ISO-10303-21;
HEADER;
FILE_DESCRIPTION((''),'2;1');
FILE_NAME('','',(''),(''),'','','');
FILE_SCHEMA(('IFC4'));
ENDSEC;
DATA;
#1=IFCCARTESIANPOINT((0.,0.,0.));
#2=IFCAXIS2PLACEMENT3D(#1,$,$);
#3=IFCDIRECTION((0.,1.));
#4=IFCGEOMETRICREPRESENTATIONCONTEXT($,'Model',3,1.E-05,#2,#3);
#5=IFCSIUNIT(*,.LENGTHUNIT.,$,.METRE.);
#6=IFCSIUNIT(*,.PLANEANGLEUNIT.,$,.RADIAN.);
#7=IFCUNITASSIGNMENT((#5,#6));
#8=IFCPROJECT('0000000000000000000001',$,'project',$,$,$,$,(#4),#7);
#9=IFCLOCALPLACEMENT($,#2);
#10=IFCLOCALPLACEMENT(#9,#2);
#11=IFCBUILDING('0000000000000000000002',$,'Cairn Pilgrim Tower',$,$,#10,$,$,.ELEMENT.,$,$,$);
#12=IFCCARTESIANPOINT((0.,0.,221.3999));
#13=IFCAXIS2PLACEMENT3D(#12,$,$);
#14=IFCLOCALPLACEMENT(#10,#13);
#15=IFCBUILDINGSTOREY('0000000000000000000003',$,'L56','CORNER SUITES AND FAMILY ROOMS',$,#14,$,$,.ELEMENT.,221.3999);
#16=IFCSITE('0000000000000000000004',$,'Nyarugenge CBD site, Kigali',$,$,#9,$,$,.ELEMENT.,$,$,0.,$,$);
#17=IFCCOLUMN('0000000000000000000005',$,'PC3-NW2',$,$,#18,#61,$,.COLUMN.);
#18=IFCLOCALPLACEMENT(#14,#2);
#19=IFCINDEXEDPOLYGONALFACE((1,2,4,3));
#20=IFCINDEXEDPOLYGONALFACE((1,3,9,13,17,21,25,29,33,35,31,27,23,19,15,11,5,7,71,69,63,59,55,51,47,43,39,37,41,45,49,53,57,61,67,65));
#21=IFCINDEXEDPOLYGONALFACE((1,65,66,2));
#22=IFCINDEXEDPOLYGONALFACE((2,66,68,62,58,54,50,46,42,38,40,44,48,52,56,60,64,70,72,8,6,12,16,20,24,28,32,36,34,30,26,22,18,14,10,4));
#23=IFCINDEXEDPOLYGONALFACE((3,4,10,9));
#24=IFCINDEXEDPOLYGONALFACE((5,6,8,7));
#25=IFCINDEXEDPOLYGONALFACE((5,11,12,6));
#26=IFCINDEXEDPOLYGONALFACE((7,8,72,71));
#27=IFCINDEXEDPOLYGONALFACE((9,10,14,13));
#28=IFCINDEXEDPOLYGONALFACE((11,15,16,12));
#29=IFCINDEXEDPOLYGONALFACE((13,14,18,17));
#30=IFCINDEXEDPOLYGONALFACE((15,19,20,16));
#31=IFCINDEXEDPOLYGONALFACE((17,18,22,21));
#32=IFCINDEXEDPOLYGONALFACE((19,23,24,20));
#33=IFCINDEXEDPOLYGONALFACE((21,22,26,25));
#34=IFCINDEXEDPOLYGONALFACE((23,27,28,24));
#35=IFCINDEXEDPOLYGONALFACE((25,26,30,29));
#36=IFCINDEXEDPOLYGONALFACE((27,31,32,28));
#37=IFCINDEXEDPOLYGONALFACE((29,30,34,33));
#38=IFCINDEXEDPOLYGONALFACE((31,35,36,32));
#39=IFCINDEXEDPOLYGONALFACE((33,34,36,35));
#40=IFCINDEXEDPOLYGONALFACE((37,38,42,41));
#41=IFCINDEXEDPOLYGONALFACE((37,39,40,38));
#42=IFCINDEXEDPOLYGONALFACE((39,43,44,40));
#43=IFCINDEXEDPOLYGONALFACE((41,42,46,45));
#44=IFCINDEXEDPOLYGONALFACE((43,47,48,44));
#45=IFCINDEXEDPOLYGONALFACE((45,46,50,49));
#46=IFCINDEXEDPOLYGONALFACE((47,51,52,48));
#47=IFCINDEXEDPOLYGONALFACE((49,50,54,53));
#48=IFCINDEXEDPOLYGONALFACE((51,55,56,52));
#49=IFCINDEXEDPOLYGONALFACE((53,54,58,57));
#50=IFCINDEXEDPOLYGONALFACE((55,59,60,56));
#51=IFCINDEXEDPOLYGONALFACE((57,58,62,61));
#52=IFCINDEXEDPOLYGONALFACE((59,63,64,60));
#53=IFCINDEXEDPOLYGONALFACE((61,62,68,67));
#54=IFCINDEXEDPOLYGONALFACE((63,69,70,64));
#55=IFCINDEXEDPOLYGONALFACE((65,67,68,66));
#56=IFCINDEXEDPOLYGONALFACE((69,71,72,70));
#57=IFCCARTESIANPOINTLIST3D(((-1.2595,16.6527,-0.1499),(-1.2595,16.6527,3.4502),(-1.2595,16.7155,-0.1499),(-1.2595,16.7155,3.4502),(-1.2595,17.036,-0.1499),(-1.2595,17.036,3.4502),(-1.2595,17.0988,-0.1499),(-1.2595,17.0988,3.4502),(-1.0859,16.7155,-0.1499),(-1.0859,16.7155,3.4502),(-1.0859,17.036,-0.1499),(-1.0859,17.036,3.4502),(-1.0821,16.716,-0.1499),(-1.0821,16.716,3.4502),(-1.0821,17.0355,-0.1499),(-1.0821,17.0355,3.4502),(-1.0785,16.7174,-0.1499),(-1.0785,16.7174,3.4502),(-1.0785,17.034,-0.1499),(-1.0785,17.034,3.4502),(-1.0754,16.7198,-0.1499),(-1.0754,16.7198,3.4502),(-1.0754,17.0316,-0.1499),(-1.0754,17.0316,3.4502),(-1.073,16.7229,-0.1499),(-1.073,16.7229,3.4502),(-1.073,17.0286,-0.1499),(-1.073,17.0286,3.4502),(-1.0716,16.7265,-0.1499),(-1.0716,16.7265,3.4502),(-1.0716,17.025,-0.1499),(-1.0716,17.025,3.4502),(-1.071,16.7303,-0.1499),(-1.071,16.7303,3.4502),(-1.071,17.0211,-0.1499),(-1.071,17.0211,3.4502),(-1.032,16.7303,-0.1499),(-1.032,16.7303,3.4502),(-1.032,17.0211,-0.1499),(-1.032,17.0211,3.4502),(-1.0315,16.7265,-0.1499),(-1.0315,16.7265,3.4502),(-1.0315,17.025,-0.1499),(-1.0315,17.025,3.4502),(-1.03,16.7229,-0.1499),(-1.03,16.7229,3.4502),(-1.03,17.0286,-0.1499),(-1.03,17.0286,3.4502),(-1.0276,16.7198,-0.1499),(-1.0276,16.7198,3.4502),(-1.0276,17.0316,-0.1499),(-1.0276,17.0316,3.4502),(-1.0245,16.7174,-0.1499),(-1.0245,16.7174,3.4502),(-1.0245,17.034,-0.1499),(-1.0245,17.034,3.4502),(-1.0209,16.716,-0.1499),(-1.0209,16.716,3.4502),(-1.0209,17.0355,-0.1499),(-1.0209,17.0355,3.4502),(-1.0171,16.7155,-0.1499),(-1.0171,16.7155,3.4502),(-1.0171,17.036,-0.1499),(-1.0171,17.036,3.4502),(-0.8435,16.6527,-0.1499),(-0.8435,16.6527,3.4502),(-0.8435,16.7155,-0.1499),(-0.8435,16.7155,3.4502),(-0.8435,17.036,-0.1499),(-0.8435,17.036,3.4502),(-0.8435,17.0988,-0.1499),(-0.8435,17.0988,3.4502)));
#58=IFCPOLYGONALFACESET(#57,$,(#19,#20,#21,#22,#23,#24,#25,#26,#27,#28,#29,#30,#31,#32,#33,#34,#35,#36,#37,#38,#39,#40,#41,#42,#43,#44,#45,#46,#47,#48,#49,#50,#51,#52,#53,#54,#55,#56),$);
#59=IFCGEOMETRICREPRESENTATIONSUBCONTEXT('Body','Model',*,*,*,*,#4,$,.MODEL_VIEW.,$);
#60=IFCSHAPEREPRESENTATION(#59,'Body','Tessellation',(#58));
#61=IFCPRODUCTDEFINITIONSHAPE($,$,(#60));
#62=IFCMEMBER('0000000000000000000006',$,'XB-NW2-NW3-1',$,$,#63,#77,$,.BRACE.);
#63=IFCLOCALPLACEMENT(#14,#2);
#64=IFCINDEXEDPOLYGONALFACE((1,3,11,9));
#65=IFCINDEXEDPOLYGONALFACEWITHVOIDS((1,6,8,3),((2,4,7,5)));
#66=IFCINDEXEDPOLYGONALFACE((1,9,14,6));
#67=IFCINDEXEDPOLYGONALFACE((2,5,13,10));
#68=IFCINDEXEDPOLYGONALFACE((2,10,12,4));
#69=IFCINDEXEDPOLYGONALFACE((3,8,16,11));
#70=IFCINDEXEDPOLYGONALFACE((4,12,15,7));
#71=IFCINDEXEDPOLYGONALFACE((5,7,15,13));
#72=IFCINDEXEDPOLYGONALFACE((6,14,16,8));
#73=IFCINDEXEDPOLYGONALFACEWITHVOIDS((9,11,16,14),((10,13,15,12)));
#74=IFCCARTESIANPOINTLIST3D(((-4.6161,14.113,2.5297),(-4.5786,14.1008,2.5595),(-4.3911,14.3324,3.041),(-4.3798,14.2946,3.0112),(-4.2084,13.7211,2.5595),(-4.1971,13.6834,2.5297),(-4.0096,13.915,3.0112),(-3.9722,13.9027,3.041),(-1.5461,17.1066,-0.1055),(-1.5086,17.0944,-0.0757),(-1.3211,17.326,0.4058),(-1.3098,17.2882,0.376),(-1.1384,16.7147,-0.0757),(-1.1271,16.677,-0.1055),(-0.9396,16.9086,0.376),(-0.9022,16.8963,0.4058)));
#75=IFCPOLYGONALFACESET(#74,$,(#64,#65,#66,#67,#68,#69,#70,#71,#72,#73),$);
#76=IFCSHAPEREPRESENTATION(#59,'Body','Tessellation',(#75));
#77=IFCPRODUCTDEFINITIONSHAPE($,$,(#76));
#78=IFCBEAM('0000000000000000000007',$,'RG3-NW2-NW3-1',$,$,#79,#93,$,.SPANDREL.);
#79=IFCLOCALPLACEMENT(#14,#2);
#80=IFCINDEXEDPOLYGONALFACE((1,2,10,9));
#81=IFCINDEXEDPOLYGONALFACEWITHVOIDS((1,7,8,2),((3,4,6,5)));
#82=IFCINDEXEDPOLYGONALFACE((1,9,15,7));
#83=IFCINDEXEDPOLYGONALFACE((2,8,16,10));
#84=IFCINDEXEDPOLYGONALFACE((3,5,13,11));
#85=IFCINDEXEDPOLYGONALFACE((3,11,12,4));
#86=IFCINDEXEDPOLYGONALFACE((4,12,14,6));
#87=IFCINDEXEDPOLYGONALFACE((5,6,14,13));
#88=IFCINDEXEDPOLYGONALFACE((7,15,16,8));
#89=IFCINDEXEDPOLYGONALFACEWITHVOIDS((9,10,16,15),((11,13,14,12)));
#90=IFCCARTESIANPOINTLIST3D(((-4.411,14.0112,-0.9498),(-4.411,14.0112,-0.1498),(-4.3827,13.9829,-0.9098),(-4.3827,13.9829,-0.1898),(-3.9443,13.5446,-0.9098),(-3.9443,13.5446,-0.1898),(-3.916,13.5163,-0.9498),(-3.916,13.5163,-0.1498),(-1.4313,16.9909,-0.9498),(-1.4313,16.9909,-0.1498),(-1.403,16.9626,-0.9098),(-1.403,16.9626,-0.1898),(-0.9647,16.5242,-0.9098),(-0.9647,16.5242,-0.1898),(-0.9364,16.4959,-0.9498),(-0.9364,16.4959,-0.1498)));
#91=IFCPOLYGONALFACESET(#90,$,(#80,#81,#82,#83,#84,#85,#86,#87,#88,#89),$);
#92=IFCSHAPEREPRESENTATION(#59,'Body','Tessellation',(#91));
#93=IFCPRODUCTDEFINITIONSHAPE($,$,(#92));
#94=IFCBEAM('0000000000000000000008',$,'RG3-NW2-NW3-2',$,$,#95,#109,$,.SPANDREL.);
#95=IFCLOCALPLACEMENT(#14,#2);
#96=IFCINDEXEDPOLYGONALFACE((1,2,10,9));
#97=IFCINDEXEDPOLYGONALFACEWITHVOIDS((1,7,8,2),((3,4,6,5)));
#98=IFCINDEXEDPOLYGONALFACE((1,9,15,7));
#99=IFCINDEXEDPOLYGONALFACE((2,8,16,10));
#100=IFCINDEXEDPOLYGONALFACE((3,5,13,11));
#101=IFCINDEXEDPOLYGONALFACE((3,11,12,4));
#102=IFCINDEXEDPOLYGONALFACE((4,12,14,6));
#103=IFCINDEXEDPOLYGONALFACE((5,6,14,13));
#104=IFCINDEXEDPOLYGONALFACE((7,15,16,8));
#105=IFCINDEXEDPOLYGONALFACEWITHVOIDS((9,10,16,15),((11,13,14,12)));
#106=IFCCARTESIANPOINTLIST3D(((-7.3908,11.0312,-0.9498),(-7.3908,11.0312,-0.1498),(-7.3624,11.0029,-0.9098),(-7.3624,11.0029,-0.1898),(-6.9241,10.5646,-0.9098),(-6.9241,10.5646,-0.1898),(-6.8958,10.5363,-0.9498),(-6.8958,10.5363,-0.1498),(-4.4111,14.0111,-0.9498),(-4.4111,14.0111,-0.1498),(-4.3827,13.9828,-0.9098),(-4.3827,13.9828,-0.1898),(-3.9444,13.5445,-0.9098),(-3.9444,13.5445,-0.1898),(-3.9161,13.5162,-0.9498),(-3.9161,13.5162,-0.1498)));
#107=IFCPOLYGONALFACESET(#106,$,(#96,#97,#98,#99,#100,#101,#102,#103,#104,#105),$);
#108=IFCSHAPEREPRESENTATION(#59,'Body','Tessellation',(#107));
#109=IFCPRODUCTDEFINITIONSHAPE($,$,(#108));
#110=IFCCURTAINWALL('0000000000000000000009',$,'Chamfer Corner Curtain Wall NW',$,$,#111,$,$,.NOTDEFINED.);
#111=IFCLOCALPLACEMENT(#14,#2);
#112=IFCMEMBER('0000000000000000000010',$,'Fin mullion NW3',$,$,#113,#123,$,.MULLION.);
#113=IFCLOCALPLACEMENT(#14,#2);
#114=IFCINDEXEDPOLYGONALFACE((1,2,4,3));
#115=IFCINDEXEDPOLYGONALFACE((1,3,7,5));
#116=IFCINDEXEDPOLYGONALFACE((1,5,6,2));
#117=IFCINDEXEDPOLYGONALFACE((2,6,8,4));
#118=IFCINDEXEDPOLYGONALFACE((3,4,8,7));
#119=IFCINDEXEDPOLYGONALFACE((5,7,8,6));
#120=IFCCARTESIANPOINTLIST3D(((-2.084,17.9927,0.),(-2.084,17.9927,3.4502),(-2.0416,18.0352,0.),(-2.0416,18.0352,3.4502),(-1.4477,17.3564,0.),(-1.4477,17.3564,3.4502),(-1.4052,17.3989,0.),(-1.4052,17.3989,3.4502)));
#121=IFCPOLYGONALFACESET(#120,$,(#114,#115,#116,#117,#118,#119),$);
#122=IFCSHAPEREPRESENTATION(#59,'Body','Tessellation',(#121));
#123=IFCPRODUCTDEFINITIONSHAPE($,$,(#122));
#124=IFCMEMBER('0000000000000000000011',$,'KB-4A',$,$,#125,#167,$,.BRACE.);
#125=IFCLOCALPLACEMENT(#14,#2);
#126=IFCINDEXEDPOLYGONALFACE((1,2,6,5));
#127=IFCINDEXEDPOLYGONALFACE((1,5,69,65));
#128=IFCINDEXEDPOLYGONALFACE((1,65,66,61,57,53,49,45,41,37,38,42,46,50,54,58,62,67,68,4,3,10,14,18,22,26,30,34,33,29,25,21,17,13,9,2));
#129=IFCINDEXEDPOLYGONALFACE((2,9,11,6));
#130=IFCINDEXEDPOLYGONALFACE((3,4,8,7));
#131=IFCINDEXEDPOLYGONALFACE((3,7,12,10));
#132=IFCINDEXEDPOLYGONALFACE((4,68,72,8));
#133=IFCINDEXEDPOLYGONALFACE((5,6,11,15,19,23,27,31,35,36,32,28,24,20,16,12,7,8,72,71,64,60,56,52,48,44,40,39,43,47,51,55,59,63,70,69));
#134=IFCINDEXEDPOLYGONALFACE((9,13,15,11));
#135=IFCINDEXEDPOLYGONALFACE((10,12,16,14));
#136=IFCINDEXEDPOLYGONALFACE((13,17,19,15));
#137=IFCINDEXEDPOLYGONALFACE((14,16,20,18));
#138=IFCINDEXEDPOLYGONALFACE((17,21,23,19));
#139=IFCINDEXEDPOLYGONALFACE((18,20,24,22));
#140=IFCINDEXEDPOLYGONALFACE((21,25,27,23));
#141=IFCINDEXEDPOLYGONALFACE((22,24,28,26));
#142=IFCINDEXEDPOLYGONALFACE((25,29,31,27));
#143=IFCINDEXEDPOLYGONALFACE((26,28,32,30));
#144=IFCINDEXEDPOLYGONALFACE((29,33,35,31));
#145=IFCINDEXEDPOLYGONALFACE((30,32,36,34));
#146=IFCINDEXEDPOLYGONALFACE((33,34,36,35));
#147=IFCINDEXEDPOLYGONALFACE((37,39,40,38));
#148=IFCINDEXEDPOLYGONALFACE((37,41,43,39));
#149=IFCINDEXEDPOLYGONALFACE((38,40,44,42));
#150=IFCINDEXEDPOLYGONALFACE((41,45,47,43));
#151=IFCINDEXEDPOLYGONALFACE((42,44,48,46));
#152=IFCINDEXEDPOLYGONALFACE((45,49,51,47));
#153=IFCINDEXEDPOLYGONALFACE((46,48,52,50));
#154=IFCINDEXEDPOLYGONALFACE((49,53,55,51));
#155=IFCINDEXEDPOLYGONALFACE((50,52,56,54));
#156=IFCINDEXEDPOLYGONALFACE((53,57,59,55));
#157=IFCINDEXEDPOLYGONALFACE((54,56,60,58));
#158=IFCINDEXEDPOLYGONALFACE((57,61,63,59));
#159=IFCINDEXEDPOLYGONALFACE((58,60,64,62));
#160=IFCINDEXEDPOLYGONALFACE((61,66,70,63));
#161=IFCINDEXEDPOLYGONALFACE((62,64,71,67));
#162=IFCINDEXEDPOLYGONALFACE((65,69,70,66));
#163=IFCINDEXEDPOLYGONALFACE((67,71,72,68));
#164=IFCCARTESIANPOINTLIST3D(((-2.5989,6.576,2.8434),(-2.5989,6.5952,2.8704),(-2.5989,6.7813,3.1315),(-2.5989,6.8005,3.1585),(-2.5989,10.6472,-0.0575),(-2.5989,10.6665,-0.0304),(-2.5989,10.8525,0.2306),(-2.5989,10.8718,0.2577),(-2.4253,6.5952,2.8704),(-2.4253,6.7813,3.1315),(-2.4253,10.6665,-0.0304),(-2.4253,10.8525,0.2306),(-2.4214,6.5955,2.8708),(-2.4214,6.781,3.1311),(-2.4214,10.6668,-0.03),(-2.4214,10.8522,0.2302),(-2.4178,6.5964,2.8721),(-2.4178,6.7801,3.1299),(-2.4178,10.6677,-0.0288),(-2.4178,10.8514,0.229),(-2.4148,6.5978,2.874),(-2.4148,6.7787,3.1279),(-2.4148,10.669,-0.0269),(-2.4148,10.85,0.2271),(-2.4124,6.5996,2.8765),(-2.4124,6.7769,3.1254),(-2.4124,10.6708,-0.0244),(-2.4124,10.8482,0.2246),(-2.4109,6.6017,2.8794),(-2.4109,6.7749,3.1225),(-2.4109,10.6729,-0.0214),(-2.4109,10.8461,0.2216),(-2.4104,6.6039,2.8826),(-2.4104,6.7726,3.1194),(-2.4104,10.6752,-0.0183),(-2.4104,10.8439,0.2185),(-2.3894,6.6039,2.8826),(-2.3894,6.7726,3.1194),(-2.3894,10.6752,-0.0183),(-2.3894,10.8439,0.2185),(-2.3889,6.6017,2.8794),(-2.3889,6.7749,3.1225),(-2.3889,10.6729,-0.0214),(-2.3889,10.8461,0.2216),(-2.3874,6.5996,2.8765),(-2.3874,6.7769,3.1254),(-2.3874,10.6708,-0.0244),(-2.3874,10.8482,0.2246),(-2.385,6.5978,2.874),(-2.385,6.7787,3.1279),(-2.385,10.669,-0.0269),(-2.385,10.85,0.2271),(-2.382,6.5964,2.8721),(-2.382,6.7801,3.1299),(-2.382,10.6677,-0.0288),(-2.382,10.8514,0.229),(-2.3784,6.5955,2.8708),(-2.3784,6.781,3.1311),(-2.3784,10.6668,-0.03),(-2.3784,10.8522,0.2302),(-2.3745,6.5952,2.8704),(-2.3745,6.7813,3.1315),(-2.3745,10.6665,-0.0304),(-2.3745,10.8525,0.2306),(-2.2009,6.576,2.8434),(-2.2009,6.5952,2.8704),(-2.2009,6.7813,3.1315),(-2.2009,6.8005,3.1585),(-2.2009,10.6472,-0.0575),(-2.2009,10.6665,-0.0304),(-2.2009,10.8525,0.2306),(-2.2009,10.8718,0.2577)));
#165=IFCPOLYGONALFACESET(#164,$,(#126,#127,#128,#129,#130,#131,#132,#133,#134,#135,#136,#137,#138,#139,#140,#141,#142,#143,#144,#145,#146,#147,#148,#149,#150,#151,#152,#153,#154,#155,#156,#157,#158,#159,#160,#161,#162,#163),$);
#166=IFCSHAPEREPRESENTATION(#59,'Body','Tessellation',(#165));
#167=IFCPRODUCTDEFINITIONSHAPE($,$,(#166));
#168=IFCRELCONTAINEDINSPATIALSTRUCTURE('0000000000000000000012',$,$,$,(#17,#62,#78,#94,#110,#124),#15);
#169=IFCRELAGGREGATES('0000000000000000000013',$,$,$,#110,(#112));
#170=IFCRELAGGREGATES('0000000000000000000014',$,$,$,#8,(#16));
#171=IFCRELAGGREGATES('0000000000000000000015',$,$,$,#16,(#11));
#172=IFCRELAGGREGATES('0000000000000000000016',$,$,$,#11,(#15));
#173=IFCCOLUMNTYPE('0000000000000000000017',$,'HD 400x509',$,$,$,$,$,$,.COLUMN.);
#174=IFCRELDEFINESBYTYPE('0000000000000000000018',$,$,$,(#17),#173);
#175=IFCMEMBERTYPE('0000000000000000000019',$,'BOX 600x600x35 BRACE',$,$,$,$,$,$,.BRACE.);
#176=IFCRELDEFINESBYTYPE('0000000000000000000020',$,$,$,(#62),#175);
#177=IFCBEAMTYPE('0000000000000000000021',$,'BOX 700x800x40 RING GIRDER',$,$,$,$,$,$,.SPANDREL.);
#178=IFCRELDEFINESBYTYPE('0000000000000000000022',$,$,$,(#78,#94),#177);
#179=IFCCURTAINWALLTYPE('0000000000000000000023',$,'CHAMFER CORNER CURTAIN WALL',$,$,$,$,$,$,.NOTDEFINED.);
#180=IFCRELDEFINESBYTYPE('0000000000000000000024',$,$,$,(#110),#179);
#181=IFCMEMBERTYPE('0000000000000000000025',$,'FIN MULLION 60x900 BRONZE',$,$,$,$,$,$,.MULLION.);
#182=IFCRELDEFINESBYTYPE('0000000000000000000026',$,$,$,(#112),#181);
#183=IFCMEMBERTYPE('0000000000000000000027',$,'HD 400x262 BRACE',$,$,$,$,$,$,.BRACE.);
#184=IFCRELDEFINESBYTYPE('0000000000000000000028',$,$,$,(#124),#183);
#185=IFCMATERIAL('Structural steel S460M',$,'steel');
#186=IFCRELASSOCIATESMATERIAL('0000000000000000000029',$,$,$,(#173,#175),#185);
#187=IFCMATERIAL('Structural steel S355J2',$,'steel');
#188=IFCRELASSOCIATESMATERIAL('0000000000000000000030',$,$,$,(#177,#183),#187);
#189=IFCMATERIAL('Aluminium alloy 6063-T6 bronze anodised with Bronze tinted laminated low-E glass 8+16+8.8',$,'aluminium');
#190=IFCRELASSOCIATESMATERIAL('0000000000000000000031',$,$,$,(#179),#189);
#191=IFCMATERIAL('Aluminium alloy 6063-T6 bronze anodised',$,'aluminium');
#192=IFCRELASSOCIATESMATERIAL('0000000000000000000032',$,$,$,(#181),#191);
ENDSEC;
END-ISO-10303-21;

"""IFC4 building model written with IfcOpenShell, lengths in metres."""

from ifc_helpers import new_model, si_unit, direction, frame, origin, origin_2d, place, context, subcontext, project, spatial, rectangle, hollow_rectangle, i_section, extrude, material, material_profile, profile_set, type_object, element, aggregate, save


model = new_model("IFC4")

# Units and contexts
model_context = context("Model", 3, precision=1e-05, world=origin(), true_north=direction((0.0, 1.0)))
body_context = subcontext(model_context, "Body", "Model", "MODEL_VIEW")
ifc_project = project(units=[si_unit("LENGTHUNIT", "METRE"), si_unit("PLANEANGLEUNIT", "RADIAN")], contexts=[model_context])

# Site, building, storey
site_placement = place(None, origin())
site = spatial("IfcSite", under=ifc_project, at=site_placement, Name="Nyarugenge CBD site, Kigali", CompositionType="ELEMENT", RefElevation=0.0)
building_placement = place(site_placement, origin())
building = spatial("IfcBuilding", under=site, at=building_placement, Name="Cairn Pilgrim Tower", CompositionType="ELEMENT")
storey_placement = place(building_placement, frame((0.0, 0.0, 221.3999)))
storey = spatial("IfcBuildingStorey", under=building, at=storey_placement, Name="L56", Description="CORNER SUITES AND FAMILY ROOMS", CompositionType="ELEMENT", Elevation=221.3999)

# Column
ifc_material_1 = material(Name="Structural steel S355J2", Category="steel")
ifc_material_2 = material(Name="Structural steel S460M", Category="steel")
ifc_material_profile_1 = material_profile(ifc_material_2, i_section(OverallWidth=0.416, OverallDepth=0.446, WebThickness=0.0391, FlangeThickness=0.0627, FilletRadius=0.0149, at=origin_2d()), Name="HD 400x509")
ifc_profile_set_1 = profile_set([ifc_material_profile_1], Name="Structural steel S460M")
column_type_1 = type_object("IfcColumnType", Name="HD 400x509", PredefinedType="COLUMN", material=ifc_profile_set_1)
column_placement = place(storey_placement, frame((-1.0515, 16.8757, -0.1499), z_axis=(0.0, 0.0, 1.0), x_axis=(1.0, 0.0, 0.0)))
element("IfcColumn", 1, at=column_placement, inside=storey, type_object=column_type_1, Name="PC3-NW2", PredefinedType="COLUMN", context=body_context, shape_type="SweptSolid", body=[
    extrude(i_section(OverallWidth=0.416, OverallDepth=0.446, WebThickness=0.0391, FlangeThickness=0.0627, FilletRadius=0.0149, at=origin_2d()), origin(), (0.0, 0.0, 1.0), 3.6001),
])

# Member
ifc_material_profile_2 = material_profile(ifc_material_2, hollow_rectangle(XDim=0.6001, YDim=0.6001, WallThickness=0.0349, at=origin_2d()), Name="BOX 600x600x35")
ifc_profile_set_2 = profile_set([ifc_material_profile_2], Name="Structural steel S460M")
member_type_1 = type_object("IfcMemberType", Name="BOX 600x600x35 BRACE", PredefinedType="BRACE", material=ifc_profile_set_2)
member_1_placement = place(storey_placement, frame((-1.2241, 17.0015, 0.1501), z_axis=(-0.609979, -0.594796, 0.523587), x_axis=(0.69814, -0.715961, 0.0)))
element("IfcMember", 2, at=member_1_placement, inside=storey, type_object=member_type_1, Name="XB-NW2-NW3-1", PredefinedType="BRACE", context=body_context, shape_type="SweptSolid", body=[
    extrude(hollow_rectangle(XDim=0.6001, YDim=0.6001, WallThickness=0.0349, at=origin_2d()), origin(), (0.0, 0.0, 1.0), 5.033),
])

# Beams
ifc_material_profile_3 = material_profile(ifc_material_1, hollow_rectangle(XDim=0.7, YDim=0.8, WallThickness=0.04, at=origin_2d()), Name="BOX 700x800x40")
ifc_profile_set_3 = profile_set([ifc_material_profile_3], Name="Structural steel S355J2")
beam_type_1 = type_object("IfcBeamType", Name="BOX 700x800x40 RING GIRDER", PredefinedType="SPANDREL", material=ifc_profile_set_3)
beam_1_placement = place(storey_placement, frame((-1.1838, 16.7434, -0.5498), z_axis=(-0.707107, -0.707107, 0.0), x_axis=(0.707107, -0.707107, 0.0)))
element("IfcBeam", 3, at=beam_1_placement, inside=storey, type_object=beam_type_1, Name="RG3-NW2-NW3-1", PredefinedType="SPANDREL", context=body_context, shape_type="SweptSolid", body=[
    extrude(hollow_rectangle(XDim=0.7, YDim=0.8, WallThickness=0.04, at=origin_2d()), origin(), (0.0, 0.0, 1.0), 4.2139),
])
beam_2_placement = place(storey_placement, frame((-4.1636, 13.7637, -0.5498), z_axis=(-0.707078, -0.707136, 0.0), x_axis=(0.707136, -0.707078, 0.0)))
element("IfcBeam", 4, at=beam_2_placement, inside=storey, type_object=beam_type_1, Name="RG3-NW2-NW3-2", PredefinedType="SPANDREL", context=body_context, shape_type="SweptSolid", body=[
    extrude(hollow_rectangle(XDim=0.7, YDim=0.8, WallThickness=0.04, at=origin_2d()), origin(), (0.0, 0.0, 1.0), 4.2141),
])

# Curtain wall, member
ifc_material_3 = material(Name="Aluminium alloy 6063-T6 bronze anodised with Bronze tinted laminated low-E glass 8+16+8.8", Category="aluminium")
curtain_wall_type = type_object("IfcCurtainWallType", Name="CHAMFER CORNER CURTAIN WALL", PredefinedType="NOTDEFINED", material=ifc_material_3)
curtain_wall_placement = place(storey_placement, origin())
curtain_wall = element("IfcCurtainWall", 5, at=curtain_wall_placement, inside=storey, type_object=curtain_wall_type, Name="Chamfer Corner Curtain Wall NW", PredefinedType="NOTDEFINED")
ifc_material_4 = material(Name="Aluminium alloy 6063-T6 bronze anodised", Category="aluminium")
ifc_material_profile_4 = material_profile(ifc_material_4, rectangle(XDim=0.8999, YDim=0.0601, at=origin_2d()), Name="FIN MULLION 60x900 BRONZE")
ifc_profile_set_4 = profile_set([ifc_material_profile_4], Name="Aluminium alloy 6063-T6 bronze anodised")
member_type_2 = type_object("IfcMemberType", Name="FIN MULLION 60x900 BRONZE", PredefinedType="MULLION", material=ifc_profile_set_4)
member_2_placement = place(storey_placement, frame((-1.7446, 17.6958, 0.0), z_axis=(0.0, 0.0, 1.0), x_axis=(-0.707107, 0.707107, 0.0)))
member_2 = element("IfcMember", 6, at=member_2_placement, type_object=member_type_2, Name="Fin mullion NW3", PredefinedType="MULLION", context=body_context, shape_type="SweptSolid", body=[
    extrude(rectangle(XDim=0.8999, YDim=0.0601, at=origin_2d()), origin(), (0.0, 0.0, 1.0), 3.4502),
])

# Member
ifc_material_profile_5 = material_profile(ifc_material_1, i_section(OverallWidth=0.3979, OverallDepth=0.387, WebThickness=0.021, FlangeThickness=0.0332, FilletRadius=0.0149, at=origin_2d()), Name="HD 400x262")
ifc_profile_set_5 = profile_set([ifc_material_profile_5], Name="Structural steel S355J2")
member_type_3 = type_object("IfcMemberType", Name="HD 400x262 BRACE", PredefinedType="BRACE", material=ifc_profile_set_5)
for number, where, z_axis, x_axis, name in (
    (7, (-2.3999, 10.7595, 0.1001), (0.0, -0.814413, 0.580286), (1.0, 0.0, 0.0), "KB-4A"),
):
    element("IfcMember", number, at=place(storey_placement, frame(where, z_axis=z_axis, x_axis=x_axis)), inside=storey, type_object=member_type_3, Name=name, PredefinedType="BRACE", context=body_context, shape_type="SweptSolid", body=[
        extrude(i_section(OverallWidth=0.3979, OverallDepth=0.387, WebThickness=0.021, FlangeThickness=0.0332, FilletRadius=0.0149, at=origin_2d()), origin(), (0.0, 0.0, 1.0), 4.999),
    ])

aggregate(curtain_wall, [member_2])

save(model, "model.ifc")
